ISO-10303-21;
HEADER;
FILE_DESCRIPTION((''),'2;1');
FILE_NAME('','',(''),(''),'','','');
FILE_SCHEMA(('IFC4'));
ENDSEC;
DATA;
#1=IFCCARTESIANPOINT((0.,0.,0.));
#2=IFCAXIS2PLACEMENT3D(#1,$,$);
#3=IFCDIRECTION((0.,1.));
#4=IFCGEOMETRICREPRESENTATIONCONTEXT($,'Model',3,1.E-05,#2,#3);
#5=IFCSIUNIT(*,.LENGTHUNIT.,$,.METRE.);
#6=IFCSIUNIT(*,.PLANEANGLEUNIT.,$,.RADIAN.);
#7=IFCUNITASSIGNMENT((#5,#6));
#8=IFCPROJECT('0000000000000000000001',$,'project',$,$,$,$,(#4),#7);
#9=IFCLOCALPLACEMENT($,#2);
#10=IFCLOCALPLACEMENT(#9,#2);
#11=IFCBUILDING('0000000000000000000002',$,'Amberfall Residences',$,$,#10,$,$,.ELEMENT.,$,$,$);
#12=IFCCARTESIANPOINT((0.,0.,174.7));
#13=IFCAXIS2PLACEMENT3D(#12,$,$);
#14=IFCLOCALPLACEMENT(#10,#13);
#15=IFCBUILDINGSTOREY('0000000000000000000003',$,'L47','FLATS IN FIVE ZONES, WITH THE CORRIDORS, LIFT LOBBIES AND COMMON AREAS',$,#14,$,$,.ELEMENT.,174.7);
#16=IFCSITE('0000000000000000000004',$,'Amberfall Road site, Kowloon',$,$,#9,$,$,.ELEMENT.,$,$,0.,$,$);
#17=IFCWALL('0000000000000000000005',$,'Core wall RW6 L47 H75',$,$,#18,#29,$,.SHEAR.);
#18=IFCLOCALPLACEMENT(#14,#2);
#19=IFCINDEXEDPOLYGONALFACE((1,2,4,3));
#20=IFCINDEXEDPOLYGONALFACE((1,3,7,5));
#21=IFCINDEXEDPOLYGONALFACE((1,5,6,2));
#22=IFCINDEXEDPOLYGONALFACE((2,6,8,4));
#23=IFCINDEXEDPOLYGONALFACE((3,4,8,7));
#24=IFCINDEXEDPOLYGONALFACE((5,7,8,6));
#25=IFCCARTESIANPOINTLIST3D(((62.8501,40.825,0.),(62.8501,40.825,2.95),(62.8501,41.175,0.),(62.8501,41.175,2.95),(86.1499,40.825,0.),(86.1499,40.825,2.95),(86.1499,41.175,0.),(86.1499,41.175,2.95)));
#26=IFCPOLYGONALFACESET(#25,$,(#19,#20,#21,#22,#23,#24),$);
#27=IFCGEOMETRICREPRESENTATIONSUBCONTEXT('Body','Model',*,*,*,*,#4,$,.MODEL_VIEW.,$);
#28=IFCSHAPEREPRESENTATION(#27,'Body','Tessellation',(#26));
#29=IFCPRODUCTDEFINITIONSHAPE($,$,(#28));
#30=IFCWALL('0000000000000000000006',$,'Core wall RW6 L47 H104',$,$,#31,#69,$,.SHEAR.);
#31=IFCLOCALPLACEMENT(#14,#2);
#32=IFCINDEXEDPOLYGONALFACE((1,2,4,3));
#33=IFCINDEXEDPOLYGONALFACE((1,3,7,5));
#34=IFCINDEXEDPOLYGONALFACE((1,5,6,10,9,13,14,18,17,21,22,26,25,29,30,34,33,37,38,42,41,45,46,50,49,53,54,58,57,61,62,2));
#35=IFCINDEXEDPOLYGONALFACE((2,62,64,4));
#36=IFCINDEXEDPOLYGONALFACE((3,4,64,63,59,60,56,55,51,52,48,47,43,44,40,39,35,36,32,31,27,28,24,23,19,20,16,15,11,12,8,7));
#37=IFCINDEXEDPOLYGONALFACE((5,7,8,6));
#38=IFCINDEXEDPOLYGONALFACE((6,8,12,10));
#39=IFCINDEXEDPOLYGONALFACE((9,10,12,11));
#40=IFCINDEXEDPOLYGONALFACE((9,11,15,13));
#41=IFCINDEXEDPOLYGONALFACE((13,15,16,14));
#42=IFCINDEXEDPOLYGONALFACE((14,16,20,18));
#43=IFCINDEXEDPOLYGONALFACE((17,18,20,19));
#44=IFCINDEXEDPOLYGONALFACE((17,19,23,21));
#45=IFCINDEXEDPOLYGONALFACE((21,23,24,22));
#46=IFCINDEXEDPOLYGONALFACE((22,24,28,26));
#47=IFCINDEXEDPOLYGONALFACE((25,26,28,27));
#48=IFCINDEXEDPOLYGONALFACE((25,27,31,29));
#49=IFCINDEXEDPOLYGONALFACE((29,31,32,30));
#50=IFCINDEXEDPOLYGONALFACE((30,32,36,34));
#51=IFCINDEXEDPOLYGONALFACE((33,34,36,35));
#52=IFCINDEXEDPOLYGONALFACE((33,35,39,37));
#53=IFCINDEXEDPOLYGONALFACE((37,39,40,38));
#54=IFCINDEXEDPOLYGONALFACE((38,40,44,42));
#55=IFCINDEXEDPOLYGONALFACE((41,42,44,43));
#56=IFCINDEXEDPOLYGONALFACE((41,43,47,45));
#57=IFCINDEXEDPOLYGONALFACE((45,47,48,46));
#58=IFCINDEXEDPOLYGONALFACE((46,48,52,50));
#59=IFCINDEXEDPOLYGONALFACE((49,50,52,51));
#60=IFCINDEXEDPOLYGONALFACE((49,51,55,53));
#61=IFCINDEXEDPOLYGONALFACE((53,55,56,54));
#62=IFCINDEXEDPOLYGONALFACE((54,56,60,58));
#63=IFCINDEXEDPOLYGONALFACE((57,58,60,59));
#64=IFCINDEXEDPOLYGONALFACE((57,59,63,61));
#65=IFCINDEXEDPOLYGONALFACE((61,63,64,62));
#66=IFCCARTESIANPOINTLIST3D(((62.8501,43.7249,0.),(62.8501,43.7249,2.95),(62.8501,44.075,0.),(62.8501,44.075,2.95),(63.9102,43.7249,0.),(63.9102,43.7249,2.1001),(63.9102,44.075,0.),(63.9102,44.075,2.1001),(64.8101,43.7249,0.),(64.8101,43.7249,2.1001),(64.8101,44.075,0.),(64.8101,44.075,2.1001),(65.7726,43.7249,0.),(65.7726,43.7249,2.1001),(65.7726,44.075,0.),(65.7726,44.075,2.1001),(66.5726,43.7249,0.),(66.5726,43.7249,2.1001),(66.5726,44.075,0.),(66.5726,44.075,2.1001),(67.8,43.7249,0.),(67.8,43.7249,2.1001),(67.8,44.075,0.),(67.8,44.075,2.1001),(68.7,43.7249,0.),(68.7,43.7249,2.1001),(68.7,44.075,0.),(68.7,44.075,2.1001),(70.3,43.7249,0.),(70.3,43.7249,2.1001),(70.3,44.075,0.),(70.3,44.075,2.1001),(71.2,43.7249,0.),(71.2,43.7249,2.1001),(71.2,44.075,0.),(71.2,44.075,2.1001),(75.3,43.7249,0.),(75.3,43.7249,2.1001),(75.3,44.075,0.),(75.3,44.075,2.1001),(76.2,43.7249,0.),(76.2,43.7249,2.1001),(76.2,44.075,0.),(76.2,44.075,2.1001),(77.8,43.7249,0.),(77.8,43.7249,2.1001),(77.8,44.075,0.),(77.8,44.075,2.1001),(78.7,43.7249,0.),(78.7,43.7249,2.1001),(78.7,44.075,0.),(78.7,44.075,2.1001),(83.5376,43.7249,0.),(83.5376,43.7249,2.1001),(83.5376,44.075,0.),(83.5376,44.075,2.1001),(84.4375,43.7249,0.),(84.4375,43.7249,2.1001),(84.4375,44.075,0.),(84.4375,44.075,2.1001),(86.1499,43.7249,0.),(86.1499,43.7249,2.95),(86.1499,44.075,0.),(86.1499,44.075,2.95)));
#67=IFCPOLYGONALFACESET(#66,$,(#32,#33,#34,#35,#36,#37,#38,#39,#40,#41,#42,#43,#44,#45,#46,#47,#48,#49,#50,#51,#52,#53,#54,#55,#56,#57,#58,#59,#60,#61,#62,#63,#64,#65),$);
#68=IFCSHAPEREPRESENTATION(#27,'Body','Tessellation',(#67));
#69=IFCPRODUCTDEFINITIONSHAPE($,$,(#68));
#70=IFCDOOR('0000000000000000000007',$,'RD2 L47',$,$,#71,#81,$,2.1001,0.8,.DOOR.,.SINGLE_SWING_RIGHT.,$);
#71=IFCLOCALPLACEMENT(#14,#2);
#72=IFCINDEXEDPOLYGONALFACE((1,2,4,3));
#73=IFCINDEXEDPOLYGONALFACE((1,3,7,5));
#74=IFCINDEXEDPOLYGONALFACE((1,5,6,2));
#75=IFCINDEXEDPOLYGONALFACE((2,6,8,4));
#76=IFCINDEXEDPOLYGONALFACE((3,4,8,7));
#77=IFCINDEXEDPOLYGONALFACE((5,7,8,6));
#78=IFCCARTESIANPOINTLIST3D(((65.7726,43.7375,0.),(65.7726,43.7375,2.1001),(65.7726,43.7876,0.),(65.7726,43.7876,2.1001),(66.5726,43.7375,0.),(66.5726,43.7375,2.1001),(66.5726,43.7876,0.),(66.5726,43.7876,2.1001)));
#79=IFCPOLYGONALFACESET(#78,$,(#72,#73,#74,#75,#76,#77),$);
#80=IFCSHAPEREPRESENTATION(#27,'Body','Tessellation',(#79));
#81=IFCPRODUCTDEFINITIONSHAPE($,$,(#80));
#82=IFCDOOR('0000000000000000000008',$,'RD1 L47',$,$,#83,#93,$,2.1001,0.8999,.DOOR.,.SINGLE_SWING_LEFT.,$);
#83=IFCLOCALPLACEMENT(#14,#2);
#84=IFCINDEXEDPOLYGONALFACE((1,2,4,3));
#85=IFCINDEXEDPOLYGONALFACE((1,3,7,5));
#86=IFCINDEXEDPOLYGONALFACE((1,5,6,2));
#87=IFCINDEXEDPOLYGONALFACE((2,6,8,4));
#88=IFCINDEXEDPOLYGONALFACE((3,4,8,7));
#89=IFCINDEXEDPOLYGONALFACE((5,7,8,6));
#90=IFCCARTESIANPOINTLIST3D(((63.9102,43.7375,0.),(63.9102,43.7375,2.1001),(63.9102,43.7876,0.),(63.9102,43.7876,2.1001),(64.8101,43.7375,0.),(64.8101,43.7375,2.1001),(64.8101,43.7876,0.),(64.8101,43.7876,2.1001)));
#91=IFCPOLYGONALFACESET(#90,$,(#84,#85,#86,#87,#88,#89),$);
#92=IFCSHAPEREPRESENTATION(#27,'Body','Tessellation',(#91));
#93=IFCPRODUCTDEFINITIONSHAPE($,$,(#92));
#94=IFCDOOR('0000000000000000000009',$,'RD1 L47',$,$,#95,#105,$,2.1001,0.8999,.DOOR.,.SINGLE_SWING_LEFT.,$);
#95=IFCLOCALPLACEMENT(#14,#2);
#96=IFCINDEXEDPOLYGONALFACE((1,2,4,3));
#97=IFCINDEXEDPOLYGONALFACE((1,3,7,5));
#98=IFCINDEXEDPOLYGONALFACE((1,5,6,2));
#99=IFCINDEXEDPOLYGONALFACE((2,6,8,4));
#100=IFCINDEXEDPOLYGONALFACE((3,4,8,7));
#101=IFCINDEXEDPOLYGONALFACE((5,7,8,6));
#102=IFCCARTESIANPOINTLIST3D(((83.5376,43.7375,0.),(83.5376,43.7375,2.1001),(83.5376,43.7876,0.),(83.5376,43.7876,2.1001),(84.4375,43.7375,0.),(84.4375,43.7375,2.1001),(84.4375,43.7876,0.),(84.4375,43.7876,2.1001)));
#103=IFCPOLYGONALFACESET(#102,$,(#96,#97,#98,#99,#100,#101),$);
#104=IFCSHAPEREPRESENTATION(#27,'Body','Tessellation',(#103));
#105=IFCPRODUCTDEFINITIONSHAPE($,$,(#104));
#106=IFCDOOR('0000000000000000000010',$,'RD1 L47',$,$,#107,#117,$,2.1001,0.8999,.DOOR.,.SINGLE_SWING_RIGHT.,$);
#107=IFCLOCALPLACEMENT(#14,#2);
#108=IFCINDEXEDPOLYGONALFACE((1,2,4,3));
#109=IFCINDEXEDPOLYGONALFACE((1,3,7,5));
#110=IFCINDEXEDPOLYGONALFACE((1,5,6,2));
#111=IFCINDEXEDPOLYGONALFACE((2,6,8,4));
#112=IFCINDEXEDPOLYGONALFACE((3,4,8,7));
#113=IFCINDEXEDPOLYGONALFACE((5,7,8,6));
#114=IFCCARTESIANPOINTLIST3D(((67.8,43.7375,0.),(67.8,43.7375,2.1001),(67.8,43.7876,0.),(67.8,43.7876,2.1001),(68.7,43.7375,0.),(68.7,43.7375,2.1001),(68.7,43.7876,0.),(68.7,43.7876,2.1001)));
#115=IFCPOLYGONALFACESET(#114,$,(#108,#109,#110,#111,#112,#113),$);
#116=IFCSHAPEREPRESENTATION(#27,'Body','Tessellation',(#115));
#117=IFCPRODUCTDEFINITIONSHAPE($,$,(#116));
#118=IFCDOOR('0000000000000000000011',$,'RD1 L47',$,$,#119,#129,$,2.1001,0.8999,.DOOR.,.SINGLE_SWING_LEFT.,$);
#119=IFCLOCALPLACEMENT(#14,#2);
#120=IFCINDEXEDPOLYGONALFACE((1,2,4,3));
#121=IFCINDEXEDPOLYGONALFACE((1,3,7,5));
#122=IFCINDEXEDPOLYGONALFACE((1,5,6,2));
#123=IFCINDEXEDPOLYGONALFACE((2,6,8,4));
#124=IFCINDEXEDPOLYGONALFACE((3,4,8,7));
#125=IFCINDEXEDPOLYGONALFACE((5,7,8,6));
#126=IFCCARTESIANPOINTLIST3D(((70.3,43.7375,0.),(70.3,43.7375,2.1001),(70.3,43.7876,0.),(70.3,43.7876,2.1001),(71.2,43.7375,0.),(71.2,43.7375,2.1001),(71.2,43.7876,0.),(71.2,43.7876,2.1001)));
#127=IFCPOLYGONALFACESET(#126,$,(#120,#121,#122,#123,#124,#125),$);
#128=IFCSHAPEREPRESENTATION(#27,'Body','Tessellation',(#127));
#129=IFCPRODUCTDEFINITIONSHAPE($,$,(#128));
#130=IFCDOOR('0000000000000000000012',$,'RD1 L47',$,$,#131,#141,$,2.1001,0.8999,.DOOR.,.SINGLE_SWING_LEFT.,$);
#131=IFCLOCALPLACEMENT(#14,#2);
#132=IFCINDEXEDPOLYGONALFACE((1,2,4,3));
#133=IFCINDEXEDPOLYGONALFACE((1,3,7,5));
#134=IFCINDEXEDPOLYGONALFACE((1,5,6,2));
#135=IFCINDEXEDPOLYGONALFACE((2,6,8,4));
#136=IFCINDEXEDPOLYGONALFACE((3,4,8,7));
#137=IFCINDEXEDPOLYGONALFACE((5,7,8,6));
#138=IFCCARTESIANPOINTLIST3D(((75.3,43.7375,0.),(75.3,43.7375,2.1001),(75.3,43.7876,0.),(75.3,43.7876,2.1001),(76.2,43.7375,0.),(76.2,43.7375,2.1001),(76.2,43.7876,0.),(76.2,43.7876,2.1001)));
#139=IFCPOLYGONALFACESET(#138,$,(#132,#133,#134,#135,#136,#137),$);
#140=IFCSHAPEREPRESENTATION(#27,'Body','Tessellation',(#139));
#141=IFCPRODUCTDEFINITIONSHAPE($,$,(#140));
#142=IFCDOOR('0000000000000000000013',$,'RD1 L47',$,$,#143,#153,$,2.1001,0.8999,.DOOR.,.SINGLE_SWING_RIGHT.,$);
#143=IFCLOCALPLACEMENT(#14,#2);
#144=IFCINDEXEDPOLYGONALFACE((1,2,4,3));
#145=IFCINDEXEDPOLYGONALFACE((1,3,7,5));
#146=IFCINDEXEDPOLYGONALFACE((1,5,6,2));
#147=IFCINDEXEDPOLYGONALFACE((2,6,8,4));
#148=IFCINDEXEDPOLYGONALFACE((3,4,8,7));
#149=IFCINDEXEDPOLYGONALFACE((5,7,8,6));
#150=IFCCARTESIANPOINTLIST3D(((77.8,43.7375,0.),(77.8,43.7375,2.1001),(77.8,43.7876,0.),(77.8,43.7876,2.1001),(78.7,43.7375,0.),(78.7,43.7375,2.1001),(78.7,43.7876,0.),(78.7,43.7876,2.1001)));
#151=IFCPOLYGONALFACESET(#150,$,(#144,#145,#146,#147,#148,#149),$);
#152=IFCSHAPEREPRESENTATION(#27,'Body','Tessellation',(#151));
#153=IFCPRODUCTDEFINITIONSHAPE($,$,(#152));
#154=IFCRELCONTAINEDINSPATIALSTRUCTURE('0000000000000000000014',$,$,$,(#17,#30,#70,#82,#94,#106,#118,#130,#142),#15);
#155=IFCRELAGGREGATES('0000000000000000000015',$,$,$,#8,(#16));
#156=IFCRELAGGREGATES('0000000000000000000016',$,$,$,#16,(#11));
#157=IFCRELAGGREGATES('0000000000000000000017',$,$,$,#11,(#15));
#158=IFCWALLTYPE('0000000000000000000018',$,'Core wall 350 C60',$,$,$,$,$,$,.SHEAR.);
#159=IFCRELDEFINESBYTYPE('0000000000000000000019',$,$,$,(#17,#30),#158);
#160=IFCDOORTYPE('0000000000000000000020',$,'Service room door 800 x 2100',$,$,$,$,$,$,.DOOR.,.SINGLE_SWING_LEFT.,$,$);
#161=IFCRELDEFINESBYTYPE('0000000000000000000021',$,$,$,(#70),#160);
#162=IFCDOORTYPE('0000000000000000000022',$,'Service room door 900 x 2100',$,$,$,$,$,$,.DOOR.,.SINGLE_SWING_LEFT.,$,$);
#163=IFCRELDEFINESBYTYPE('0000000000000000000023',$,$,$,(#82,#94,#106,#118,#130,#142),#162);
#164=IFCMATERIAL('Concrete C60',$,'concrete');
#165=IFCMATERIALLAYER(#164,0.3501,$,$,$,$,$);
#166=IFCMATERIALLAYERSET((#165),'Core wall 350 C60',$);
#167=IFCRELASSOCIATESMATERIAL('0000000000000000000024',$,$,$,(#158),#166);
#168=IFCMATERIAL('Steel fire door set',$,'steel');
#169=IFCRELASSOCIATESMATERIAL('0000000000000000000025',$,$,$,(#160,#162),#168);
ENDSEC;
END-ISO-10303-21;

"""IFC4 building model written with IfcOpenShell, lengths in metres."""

from ifc_helpers import new_model, si_unit, direction, frame, frame_2d, origin, place, context, subcontext, project, spatial, rectangle, extrude, material, layer, layer_set, type_object, element, fill, save


model = new_model("IFC4")

# Units and contexts
model_context = context("Model", 3, precision=1e-05, world=origin(), true_north=direction((0.0, 1.0)))
body_context = subcontext(model_context, "Body", "Model", "MODEL_VIEW")
ifc_project = project(units=[si_unit("LENGTHUNIT", "METRE"), si_unit("PLANEANGLEUNIT", "RADIAN")], contexts=[model_context])

# Site, building, storey
site_placement = place(None, origin())
site = spatial("IfcSite", under=ifc_project, at=site_placement, Name="Amberfall Road site, Kowloon", CompositionType="ELEMENT", RefElevation=0.0)
building_placement = place(site_placement, origin())
building = spatial("IfcBuilding", under=site, at=building_placement, Name="Amberfall Residences", CompositionType="ELEMENT")
storey_placement = place(building_placement, frame((0.0, 0.0, 174.7)))
storey = spatial("IfcBuildingStorey", under=building, at=storey_placement, Name="L47", Description="FLATS IN FIVE ZONES, WITH THE CORRIDORS, LIFT LOBBIES AND COMMON AREAS", CompositionType="ELEMENT", Elevation=174.7)

# Wall
ifc_material_1 = material(Name="Concrete C60", Category="concrete")
ifc_layer_1 = layer(ifc_material_1, 0.3501)
ifc_layer_set_1 = layer_set([ifc_layer_1], Name="Core wall 350 C60")
wall_type_1 = type_object("IfcWallType", Name="Core wall 350 C60", PredefinedType="SHEAR", material=ifc_layer_set_1)
wall_1_placement = place(storey_placement, frame((62.8501, 41.0, 0.0), z_axis=(0.0, 0.0, 1.0), x_axis=(1.0, 0.0, 0.0)))
element("IfcWall", 1, at=wall_1_placement, inside=storey, type_object=wall_type_1, Name="Core wall RW6 L47 H75", PredefinedType="SHEAR", context=body_context, shape_type="SweptSolid", body=[
    extrude(rectangle(XDim=23.2998, YDim=0.3501, at=frame_2d((11.6499, 0.0))), origin(), (0.0, 0.0, 1.0), 2.95),
])

# Wall, openings, doors
wall_2_placement = place(storey_placement, frame((62.8501, 43.8999, 0.0), z_axis=(0.0, 0.0, 1.0), x_axis=(1.0, 0.0, 0.0)))
wall_2 = element("IfcWall", 2, at=wall_2_placement, inside=storey, type_object=wall_type_1, Name="Core wall RW6 L47 H104", PredefinedType="SHEAR", context=body_context, shape_type="SweptSolid", body=[
    extrude(rectangle(XDim=23.2998, YDim=0.3501, at=frame_2d((11.6499, 0.0))), origin(), (0.0, 0.0, 1.0), 2.95),
])
opening_1_placement = place(wall_2_placement, frame((1.0601, 0.0, 0.0)))
opening_1 = element("IfcOpeningElement", 3, at=opening_1_placement, cuts=wall_2, PredefinedType="OPENING", context=body_context, shape_type="SweptSolid", body=[
    extrude(rectangle(XDim=0.8999, YDim=2.1001, at=frame_2d((0.45, 1.05))), frame((0.0, 0.1851, 0.0), z_axis=(0.0, -1.0, 0.0), x_axis=(1.0, 0.0, 0.0)), (0.0, 0.0, 1.0), 0.3701),
])
opening_2_placement = place(wall_2_placement, frame((2.9226, 0.0, 0.0)))
opening_2 = element("IfcOpeningElement", 4, at=opening_2_placement, cuts=wall_2, PredefinedType="OPENING", context=body_context, shape_type="SweptSolid", body=[
    extrude(rectangle(XDim=0.8, YDim=2.1001, at=frame_2d((0.3999, 1.05))), frame((0.0, 0.1851, 0.0), z_axis=(0.0, -1.0, 0.0), x_axis=(1.0, 0.0, 0.0)), (0.0, 0.0, 1.0), 0.3701),
])
opening_3_placement = place(wall_2_placement, frame((20.6875, 0.0, 0.0)))
opening_3 = element("IfcOpeningElement", 5, at=opening_3_placement, cuts=wall_2, PredefinedType="OPENING", context=body_context, shape_type="SweptSolid", body=[
    extrude(rectangle(XDim=0.8999, YDim=2.1001, at=frame_2d((0.45, 1.05))), frame((0.0, 0.1851, 0.0), z_axis=(0.0, -1.0, 0.0), x_axis=(1.0, 0.0, 0.0)), (0.0, 0.0, 1.0), 0.3701),
])
opening_4_placement = place(wall_2_placement, frame((4.95, 0.0, 0.0)))
opening_4 = element("IfcOpeningElement", 6, at=opening_4_placement, cuts=wall_2, PredefinedType="OPENING", context=body_context, shape_type="SweptSolid", body=[
    extrude(rectangle(XDim=0.8999, YDim=2.1001, at=frame_2d((0.45, 1.05))), frame((0.0, 0.1851, 0.0), z_axis=(0.0, -1.0, 0.0), x_axis=(1.0, 0.0, 0.0)), (0.0, 0.0, 1.0), 0.3701),
])
opening_5_placement = place(wall_2_placement, frame((7.45, 0.0, 0.0)))
opening_5 = element("IfcOpeningElement", 7, at=opening_5_placement, cuts=wall_2, PredefinedType="OPENING", context=body_context, shape_type="SweptSolid", body=[
    extrude(rectangle(XDim=0.8999, YDim=2.1001, at=frame_2d((0.45, 1.05))), frame((0.0, 0.1851, 0.0), z_axis=(0.0, -1.0, 0.0), x_axis=(1.0, 0.0, 0.0)), (0.0, 0.0, 1.0), 0.3701),
])
opening_6_placement = place(wall_2_placement, frame((12.45, 0.0, 0.0)))
opening_6 = element("IfcOpeningElement", 8, at=opening_6_placement, cuts=wall_2, PredefinedType="OPENING", context=body_context, shape_type="SweptSolid", body=[
    extrude(rectangle(XDim=0.8999, YDim=2.1001, at=frame_2d((0.45, 1.05))), frame((0.0, 0.1851, 0.0), z_axis=(0.0, -1.0, 0.0), x_axis=(1.0, 0.0, 0.0)), (0.0, 0.0, 1.0), 0.3701),
])
opening_7_placement = place(wall_2_placement, frame((14.95, 0.0, 0.0)))
opening_7 = element("IfcOpeningElement", 9, at=opening_7_placement, cuts=wall_2, PredefinedType="OPENING", context=body_context, shape_type="SweptSolid", body=[
    extrude(rectangle(XDim=0.8999, YDim=2.1001, at=frame_2d((0.45, 1.05))), frame((0.0, 0.1851, 0.0), z_axis=(0.0, -1.0, 0.0), x_axis=(1.0, 0.0, 0.0)), (0.0, 0.0, 1.0), 0.3701),
])
ifc_material_2 = material(Name="Steel fire door set", Category="steel")
door_type_1 = type_object("IfcDoorType", Name="Service room door 800 x 2100", OperationType="SINGLE_SWING_LEFT", PredefinedType="DOOR", material=ifc_material_2)
door_1_placement = place(opening_2_placement, origin())
door_1 = element("IfcDoor", 10, at=door_1_placement, inside=storey, type_object=door_type_1, Name="RD2 L47", OperationType="SINGLE_SWING_RIGHT", OverallHeight=2.1001, OverallWidth=0.8, PredefinedType="DOOR", context=body_context, shape_type="SweptSolid", body=[
    extrude(rectangle(XDim=0.8, YDim=2.1001, at=frame_2d((0.3999, 1.05))), frame((0.0, -0.1123, 0.0), z_axis=(0.0, -1.0, 0.0), x_axis=(1.0, 0.0, 0.0)), (0.0, 0.0, 1.0), 0.05),
])
fill(opening_2, door_1)
door_type_2 = type_object("IfcDoorType", Name="Service room door 900 x 2100", OperationType="SINGLE_SWING_LEFT", PredefinedType="DOOR", material=ifc_material_2)
door_2_placement = place(opening_1_placement, origin())
door_2 = element("IfcDoor", 11, at=door_2_placement, inside=storey, type_object=door_type_2, Name="RD1 L47", OperationType="SINGLE_SWING_LEFT", OverallHeight=2.1001, OverallWidth=0.8999, PredefinedType="DOOR", context=body_context, shape_type="SweptSolid", body=[
    extrude(rectangle(XDim=0.8999, YDim=2.1001, at=frame_2d((0.45, 1.05))), frame((0.0, -0.1123, 0.0), z_axis=(0.0, -1.0, 0.0), x_axis=(1.0, 0.0, 0.0)), (0.0, 0.0, 1.0), 0.05),
])
fill(opening_1, door_2)
door_3_placement = place(opening_3_placement, origin())
door_3 = element("IfcDoor", 12, at=door_3_placement, inside=storey, type_object=door_type_2, Name="RD1 L47", OperationType="SINGLE_SWING_LEFT", OverallHeight=2.1001, OverallWidth=0.8999, PredefinedType="DOOR", context=body_context, shape_type="SweptSolid", body=[
    extrude(rectangle(XDim=0.8999, YDim=2.1001, at=frame_2d((0.45, 1.05))), frame((0.0, -0.1123, 0.0), z_axis=(0.0, -1.0, 0.0), x_axis=(1.0, 0.0, 0.0)), (0.0, 0.0, 1.0), 0.05),
])
fill(opening_3, door_3)
door_4_placement = place(opening_4_placement, origin())
door_4 = element("IfcDoor", 13, at=door_4_placement, inside=storey, type_object=door_type_2, Name="RD1 L47", OperationType="SINGLE_SWING_RIGHT", OverallHeight=2.1001, OverallWidth=0.8999, PredefinedType="DOOR", context=body_context, shape_type="SweptSolid", body=[
    extrude(rectangle(XDim=0.8999, YDim=2.1001, at=frame_2d((0.45, 1.05))), frame((0.0, -0.1123, 0.0), z_axis=(0.0, -1.0, 0.0), x_axis=(1.0, 0.0, 0.0)), (0.0, 0.0, 1.0), 0.05),
])
fill(opening_4, door_4)
door_5_placement = place(opening_5_placement, origin())
door_5 = element("IfcDoor", 14, at=door_5_placement, inside=storey, type_object=door_type_2, Name="RD1 L47", OperationType="SINGLE_SWING_LEFT", OverallHeight=2.1001, OverallWidth=0.8999, PredefinedType="DOOR", context=body_context, shape_type="SweptSolid", body=[
    extrude(rectangle(XDim=0.8999, YDim=2.1001, at=frame_2d((0.45, 1.05))), frame((0.0, -0.1123, 0.0), z_axis=(0.0, -1.0, 0.0), x_axis=(1.0, 0.0, 0.0)), (0.0, 0.0, 1.0), 0.05),
])
fill(opening_5, door_5)
door_6_placement = place(opening_6_placement, origin())
door_6 = element("IfcDoor", 15, at=door_6_placement, inside=storey, type_object=door_type_2, Name="RD1 L47", OperationType="SINGLE_SWING_LEFT", OverallHeight=2.1001, OverallWidth=0.8999, PredefinedType="DOOR", context=body_context, shape_type="SweptSolid", body=[
    extrude(rectangle(XDim=0.8999, YDim=2.1001, at=frame_2d((0.45, 1.05))), frame((0.0, -0.1123, 0.0), z_axis=(0.0, -1.0, 0.0), x_axis=(1.0, 0.0, 0.0)), (0.0, 0.0, 1.0), 0.05),
])
fill(opening_6, door_6)
door_7_placement = place(opening_7_placement, origin())
door_7 = element("IfcDoor", 16, at=door_7_placement, inside=storey, type_object=door_type_2, Name="RD1 L47", OperationType="SINGLE_SWING_RIGHT", OverallHeight=2.1001, OverallWidth=0.8999, PredefinedType="DOOR", context=body_context, shape_type="SweptSolid", body=[
    extrude(rectangle(XDim=0.8999, YDim=2.1001, at=frame_2d((0.45, 1.05))), frame((0.0, -0.1123, 0.0), z_axis=(0.0, -1.0, 0.0), x_axis=(1.0, 0.0, 0.0)), (0.0, 0.0, 1.0), 0.05),
])
fill(opening_7, door_7)

save(model, "model.ifc")
